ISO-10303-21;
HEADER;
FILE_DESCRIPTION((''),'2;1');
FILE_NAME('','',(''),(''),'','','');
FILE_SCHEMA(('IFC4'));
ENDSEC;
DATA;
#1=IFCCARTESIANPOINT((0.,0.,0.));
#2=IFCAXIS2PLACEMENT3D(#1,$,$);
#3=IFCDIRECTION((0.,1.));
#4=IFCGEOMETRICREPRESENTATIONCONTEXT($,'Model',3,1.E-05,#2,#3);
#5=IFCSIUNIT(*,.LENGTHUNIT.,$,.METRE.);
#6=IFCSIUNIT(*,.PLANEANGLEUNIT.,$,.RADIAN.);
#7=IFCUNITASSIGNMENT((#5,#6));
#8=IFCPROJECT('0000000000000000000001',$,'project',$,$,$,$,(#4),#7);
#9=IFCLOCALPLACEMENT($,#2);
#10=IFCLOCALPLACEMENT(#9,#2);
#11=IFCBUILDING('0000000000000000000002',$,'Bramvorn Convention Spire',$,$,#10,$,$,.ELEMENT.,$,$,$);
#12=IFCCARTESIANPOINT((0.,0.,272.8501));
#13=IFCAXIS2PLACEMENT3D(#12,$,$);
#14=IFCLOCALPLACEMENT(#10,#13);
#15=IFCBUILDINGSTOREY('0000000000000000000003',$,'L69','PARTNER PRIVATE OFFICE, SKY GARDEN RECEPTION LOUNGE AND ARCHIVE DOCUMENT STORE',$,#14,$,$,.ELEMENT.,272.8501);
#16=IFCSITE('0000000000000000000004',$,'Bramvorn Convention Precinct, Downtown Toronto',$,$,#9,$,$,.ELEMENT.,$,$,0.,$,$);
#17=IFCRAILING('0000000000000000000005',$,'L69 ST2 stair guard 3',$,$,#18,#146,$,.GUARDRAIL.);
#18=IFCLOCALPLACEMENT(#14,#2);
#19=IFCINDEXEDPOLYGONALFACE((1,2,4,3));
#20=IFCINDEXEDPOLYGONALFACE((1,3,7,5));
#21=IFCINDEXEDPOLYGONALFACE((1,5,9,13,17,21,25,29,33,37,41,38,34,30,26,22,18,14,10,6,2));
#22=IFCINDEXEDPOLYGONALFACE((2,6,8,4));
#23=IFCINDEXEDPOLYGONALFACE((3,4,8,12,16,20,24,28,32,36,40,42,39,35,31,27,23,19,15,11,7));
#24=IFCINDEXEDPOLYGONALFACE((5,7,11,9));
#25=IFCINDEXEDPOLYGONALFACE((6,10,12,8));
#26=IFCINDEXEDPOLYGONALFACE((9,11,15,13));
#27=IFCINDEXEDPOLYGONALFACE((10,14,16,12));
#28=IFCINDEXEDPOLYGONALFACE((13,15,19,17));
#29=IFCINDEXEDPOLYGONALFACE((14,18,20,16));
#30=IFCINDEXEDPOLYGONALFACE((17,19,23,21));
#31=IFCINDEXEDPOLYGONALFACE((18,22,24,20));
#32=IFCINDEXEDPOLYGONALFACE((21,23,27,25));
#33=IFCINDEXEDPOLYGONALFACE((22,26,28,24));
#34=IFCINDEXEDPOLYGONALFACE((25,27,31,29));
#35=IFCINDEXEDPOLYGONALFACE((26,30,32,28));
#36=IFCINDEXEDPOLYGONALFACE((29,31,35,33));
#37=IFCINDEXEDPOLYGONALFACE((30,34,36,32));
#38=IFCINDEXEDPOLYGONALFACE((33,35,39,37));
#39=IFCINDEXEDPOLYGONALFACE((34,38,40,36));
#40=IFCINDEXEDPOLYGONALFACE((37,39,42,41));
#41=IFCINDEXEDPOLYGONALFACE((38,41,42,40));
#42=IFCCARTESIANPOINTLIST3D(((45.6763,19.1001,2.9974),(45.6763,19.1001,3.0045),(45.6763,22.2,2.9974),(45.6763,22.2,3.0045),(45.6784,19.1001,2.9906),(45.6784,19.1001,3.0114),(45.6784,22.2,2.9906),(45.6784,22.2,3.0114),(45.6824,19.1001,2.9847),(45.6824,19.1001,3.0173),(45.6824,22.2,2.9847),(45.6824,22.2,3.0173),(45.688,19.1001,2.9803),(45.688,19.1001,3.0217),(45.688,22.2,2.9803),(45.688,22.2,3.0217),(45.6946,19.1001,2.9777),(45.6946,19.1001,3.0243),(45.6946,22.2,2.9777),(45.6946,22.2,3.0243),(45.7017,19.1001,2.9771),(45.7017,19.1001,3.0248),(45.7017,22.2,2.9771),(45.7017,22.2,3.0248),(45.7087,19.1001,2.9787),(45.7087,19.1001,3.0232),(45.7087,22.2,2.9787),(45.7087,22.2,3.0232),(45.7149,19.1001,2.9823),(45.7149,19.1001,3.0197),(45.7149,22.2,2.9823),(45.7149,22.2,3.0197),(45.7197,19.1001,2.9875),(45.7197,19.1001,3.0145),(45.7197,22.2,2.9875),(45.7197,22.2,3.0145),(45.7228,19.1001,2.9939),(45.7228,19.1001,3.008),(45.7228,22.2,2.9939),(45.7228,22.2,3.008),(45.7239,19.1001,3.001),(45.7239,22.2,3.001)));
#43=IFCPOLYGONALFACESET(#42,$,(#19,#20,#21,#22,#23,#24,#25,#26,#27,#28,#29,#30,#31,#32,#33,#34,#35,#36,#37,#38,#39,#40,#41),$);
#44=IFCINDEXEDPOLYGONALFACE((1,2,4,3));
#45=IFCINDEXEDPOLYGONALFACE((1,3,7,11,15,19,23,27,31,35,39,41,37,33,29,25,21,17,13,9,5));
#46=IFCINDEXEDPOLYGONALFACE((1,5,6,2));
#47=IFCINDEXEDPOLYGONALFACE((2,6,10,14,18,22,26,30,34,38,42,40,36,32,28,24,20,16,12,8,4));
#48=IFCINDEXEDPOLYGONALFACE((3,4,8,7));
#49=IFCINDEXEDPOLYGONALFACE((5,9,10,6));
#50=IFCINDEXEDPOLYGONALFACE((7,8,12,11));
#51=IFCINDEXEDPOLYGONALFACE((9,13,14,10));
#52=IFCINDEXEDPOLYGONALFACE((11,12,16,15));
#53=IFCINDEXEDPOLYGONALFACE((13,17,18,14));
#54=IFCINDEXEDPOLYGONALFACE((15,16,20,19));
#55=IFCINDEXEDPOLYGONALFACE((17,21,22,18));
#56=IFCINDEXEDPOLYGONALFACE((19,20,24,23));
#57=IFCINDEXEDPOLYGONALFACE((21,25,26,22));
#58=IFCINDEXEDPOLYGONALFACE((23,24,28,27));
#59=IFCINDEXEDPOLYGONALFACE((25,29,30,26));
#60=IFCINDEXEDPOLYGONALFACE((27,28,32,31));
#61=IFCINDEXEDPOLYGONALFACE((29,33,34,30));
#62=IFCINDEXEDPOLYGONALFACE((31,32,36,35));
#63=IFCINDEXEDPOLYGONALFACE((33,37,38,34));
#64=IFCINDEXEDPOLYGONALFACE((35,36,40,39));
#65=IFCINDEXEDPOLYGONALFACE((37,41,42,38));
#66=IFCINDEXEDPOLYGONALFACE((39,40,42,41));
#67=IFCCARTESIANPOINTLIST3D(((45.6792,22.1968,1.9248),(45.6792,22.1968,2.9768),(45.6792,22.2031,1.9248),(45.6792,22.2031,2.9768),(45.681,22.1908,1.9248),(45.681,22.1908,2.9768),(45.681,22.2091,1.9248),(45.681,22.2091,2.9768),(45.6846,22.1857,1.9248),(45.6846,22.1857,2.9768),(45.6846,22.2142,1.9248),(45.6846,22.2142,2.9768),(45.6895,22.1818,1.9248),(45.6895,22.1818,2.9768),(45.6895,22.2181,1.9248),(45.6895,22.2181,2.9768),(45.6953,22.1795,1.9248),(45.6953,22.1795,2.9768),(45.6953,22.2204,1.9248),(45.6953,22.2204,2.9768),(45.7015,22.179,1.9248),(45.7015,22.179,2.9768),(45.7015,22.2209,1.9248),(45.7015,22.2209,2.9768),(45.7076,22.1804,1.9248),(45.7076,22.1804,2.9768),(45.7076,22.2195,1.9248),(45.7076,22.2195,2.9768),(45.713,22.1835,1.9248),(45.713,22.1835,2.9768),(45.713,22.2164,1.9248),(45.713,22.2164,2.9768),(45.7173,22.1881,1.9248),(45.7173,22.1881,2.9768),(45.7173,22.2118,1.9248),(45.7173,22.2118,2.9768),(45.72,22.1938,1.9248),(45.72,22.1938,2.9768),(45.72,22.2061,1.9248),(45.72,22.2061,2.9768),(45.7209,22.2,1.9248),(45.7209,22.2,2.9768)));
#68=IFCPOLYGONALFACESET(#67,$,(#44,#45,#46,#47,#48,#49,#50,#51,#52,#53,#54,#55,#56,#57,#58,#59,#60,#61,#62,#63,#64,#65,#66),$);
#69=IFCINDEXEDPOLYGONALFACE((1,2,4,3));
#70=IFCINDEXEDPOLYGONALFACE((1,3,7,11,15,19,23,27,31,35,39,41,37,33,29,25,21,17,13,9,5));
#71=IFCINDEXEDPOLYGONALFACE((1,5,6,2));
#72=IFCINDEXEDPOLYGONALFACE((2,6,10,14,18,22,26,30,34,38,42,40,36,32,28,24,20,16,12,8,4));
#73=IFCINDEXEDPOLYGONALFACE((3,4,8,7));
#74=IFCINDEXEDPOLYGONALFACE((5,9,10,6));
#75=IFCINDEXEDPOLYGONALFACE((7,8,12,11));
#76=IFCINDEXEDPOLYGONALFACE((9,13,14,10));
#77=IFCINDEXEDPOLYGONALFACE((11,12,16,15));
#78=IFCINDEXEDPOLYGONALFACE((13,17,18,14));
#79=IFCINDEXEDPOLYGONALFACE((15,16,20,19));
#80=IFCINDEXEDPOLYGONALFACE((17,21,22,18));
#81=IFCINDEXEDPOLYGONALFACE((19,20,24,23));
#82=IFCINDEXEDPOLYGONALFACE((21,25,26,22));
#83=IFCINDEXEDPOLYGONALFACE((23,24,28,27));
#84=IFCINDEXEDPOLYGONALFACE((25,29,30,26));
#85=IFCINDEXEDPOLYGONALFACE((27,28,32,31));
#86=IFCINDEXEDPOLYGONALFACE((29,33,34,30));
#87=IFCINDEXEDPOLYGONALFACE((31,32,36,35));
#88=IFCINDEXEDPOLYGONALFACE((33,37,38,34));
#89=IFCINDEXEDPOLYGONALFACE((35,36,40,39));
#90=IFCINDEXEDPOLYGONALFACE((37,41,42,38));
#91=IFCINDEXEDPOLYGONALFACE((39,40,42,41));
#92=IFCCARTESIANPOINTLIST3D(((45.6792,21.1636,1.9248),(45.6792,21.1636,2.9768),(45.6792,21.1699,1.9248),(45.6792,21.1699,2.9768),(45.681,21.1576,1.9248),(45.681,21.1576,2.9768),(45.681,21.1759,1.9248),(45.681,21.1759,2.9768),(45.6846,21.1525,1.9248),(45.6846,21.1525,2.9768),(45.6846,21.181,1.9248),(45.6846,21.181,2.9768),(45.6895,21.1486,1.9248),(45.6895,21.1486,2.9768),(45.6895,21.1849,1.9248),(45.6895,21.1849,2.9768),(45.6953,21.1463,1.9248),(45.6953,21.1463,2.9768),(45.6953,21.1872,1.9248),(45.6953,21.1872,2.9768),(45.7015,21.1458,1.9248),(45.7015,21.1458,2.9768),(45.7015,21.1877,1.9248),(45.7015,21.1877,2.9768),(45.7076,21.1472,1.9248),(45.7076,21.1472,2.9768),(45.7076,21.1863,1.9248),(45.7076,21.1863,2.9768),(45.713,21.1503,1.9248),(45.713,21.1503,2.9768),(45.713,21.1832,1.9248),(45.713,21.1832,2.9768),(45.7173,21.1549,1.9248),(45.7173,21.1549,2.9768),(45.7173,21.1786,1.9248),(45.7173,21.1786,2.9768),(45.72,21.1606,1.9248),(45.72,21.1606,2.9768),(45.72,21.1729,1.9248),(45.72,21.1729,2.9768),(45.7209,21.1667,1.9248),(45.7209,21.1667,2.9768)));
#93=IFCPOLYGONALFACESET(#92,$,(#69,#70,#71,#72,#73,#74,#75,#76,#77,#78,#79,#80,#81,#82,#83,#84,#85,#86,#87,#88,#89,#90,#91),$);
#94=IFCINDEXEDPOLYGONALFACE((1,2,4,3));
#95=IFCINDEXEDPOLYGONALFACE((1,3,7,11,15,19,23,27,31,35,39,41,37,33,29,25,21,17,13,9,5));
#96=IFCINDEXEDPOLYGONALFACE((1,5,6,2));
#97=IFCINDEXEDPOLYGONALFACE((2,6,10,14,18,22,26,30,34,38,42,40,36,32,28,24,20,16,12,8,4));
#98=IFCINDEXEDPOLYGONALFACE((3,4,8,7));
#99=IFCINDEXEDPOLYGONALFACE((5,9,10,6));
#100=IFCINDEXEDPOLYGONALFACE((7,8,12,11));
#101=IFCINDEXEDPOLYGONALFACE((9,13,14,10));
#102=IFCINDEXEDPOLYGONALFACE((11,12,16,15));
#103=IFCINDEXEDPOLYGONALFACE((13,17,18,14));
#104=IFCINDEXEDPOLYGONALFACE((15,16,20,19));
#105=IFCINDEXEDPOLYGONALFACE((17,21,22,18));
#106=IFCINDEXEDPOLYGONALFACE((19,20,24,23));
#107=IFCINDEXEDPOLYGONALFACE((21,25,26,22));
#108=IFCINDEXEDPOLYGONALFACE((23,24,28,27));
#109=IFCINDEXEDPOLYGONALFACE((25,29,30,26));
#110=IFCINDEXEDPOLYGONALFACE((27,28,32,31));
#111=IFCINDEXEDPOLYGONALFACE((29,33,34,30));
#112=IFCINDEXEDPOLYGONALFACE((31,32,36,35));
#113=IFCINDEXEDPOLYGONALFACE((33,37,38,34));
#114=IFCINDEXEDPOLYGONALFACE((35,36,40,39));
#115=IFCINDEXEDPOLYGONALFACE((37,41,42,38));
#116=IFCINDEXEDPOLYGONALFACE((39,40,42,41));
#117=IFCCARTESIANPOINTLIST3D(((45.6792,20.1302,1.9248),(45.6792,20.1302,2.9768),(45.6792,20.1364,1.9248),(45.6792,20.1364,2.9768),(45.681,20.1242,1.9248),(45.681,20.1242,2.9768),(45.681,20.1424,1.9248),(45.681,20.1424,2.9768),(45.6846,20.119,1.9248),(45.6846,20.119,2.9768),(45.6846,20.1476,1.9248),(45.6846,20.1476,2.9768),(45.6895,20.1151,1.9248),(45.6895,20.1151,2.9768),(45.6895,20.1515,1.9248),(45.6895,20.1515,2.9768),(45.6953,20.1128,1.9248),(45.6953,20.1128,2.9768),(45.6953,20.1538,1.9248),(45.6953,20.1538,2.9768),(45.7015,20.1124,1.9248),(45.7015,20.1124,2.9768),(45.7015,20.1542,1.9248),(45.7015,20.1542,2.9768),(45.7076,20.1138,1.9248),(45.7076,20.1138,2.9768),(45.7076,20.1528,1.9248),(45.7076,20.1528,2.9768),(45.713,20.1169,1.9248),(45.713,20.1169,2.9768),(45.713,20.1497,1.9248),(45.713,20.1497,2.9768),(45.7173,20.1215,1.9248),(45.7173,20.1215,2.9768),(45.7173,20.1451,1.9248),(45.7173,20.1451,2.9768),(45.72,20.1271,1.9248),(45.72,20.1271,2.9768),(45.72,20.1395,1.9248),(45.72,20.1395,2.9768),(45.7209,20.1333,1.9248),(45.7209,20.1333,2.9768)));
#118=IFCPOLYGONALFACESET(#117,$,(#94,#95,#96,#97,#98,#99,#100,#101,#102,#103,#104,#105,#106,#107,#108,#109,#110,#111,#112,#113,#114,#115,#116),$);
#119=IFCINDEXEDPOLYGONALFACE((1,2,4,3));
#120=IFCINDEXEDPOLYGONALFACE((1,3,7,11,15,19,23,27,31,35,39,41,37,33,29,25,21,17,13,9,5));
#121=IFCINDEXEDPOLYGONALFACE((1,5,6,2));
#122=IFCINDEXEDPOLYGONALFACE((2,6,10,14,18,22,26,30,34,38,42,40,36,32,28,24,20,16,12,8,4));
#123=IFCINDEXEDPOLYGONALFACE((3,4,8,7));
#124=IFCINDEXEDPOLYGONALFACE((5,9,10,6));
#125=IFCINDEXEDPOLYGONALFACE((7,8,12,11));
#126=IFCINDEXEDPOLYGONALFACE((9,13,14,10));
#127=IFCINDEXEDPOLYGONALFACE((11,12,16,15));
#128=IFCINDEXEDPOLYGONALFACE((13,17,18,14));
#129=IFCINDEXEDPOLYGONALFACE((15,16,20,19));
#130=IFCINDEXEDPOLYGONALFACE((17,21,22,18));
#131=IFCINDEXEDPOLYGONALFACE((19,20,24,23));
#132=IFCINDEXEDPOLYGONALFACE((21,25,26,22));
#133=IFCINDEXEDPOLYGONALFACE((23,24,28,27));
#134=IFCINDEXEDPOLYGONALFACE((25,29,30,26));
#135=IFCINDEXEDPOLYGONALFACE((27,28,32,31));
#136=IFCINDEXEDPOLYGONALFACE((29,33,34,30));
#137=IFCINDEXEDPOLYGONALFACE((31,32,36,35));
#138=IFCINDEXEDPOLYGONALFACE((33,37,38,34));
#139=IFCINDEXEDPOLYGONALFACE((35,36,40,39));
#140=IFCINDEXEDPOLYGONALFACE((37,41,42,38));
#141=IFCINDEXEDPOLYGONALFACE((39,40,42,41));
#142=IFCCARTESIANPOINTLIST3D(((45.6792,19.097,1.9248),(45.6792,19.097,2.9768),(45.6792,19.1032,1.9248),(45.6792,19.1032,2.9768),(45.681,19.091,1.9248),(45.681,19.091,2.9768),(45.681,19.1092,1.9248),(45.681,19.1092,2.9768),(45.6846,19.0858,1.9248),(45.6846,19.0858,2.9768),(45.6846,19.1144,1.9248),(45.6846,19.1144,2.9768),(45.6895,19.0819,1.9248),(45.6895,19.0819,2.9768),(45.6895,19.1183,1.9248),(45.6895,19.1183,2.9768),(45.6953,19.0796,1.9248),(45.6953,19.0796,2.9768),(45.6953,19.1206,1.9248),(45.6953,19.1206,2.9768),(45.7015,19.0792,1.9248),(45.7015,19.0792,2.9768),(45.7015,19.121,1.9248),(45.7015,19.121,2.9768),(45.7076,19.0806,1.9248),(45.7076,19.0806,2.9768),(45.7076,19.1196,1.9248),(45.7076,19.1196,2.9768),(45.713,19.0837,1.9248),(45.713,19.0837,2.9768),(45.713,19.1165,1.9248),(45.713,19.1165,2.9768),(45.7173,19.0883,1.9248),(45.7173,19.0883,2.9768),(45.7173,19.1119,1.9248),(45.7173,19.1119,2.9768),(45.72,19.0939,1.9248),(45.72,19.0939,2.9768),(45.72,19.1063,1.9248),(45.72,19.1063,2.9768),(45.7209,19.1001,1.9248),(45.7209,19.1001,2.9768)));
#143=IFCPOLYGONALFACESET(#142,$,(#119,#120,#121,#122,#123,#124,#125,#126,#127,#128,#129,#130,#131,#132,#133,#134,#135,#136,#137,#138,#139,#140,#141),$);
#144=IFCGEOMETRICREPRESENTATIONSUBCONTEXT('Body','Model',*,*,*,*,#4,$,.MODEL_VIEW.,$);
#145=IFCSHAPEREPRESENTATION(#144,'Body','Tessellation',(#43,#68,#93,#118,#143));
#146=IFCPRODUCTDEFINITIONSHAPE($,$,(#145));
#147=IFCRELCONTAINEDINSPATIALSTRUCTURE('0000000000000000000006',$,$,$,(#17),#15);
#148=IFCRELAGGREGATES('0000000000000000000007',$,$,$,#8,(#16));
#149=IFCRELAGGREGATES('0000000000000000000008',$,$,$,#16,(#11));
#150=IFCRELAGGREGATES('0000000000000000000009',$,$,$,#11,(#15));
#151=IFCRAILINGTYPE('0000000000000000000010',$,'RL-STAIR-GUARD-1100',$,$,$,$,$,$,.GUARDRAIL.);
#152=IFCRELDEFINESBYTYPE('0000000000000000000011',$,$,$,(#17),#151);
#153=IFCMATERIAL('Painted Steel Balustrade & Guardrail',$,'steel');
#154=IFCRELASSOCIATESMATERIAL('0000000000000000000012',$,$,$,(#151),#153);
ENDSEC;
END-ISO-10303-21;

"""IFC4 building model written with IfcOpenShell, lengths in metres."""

from ifc_helpers import new_model, si_unit, direction, frame, origin, origin_2d, place, context, subcontext, project, spatial, circle, extrude, material, type_object, element, save


model = new_model("IFC4")

# Units and contexts
model_context = context("Model", 3, precision=1e-05, world=origin(), true_north=direction((0.0, 1.0)))
body_context = subcontext(model_context, "Body", "Model", "MODEL_VIEW")
ifc_project = project(units=[si_unit("LENGTHUNIT", "METRE"), si_unit("PLANEANGLEUNIT", "RADIAN")], contexts=[model_context])

# Site, building, storey
site_placement = place(None, origin())
site = spatial("IfcSite", under=ifc_project, at=site_placement, Name="Bramvorn Convention Precinct, Downtown Toronto", CompositionType="ELEMENT", RefElevation=0.0)
building_placement = place(site_placement, origin())
building = spatial("IfcBuilding", under=site, at=building_placement, Name="Bramvorn Convention Spire", CompositionType="ELEMENT")
storey_placement = place(building_placement, frame((0.0, 0.0, 272.8501)))
storey = spatial("IfcBuildingStorey", under=building, at=storey_placement, Name="L69", Description="PARTNER PRIVATE OFFICE, SKY GARDEN RECEPTION LOUNGE AND ARCHIVE DOCUMENT STORE", CompositionType="ELEMENT", Elevation=272.8501)

# Railing
ifc_material_1 = material(Name="Painted Steel Balustrade & Guardrail", Category="steel")
railing_type_1 = type_object("IfcRailingType", Name="RL-STAIR-GUARD-1100", PredefinedType="GUARDRAIL", material=ifc_material_1)
railing_1_placement = place(storey_placement, frame((45.7, 22.2, 1.9248)))
element("IfcRailing", 1, at=railing_1_placement, inside=storey, type_object=railing_type_1, Name="L69 ST2 stair guard 3", PredefinedType="GUARDRAIL", context=body_context, shape_type="SweptSolid", body=[
    extrude(circle(Radius=0.0239, at=origin_2d()), frame((0.0, 0.0, 1.0762), z_axis=(0.0, -1.0, 0.0), x_axis=(1.0, 0.0, 0.0)), (0.0, 0.0, 1.0), 3.0999),
    extrude(circle(Radius=0.021, at=origin_2d()), origin(), (0.0, 0.0, 1.0), 1.052),
    extrude(circle(Radius=0.021, at=origin_2d()), frame((0.0, -1.0332, 0.0)), (0.0, 0.0, 1.0), 1.052),
    extrude(circle(Radius=0.021, at=origin_2d()), frame((0.0, -2.0667, 0.0)), (0.0, 0.0, 1.0), 1.052),
    extrude(circle(Radius=0.021, at=origin_2d()), frame((0.0, -3.0999, 0.0)), (0.0, 0.0, 1.0), 1.052),
])

save(model, "model.ifc")
